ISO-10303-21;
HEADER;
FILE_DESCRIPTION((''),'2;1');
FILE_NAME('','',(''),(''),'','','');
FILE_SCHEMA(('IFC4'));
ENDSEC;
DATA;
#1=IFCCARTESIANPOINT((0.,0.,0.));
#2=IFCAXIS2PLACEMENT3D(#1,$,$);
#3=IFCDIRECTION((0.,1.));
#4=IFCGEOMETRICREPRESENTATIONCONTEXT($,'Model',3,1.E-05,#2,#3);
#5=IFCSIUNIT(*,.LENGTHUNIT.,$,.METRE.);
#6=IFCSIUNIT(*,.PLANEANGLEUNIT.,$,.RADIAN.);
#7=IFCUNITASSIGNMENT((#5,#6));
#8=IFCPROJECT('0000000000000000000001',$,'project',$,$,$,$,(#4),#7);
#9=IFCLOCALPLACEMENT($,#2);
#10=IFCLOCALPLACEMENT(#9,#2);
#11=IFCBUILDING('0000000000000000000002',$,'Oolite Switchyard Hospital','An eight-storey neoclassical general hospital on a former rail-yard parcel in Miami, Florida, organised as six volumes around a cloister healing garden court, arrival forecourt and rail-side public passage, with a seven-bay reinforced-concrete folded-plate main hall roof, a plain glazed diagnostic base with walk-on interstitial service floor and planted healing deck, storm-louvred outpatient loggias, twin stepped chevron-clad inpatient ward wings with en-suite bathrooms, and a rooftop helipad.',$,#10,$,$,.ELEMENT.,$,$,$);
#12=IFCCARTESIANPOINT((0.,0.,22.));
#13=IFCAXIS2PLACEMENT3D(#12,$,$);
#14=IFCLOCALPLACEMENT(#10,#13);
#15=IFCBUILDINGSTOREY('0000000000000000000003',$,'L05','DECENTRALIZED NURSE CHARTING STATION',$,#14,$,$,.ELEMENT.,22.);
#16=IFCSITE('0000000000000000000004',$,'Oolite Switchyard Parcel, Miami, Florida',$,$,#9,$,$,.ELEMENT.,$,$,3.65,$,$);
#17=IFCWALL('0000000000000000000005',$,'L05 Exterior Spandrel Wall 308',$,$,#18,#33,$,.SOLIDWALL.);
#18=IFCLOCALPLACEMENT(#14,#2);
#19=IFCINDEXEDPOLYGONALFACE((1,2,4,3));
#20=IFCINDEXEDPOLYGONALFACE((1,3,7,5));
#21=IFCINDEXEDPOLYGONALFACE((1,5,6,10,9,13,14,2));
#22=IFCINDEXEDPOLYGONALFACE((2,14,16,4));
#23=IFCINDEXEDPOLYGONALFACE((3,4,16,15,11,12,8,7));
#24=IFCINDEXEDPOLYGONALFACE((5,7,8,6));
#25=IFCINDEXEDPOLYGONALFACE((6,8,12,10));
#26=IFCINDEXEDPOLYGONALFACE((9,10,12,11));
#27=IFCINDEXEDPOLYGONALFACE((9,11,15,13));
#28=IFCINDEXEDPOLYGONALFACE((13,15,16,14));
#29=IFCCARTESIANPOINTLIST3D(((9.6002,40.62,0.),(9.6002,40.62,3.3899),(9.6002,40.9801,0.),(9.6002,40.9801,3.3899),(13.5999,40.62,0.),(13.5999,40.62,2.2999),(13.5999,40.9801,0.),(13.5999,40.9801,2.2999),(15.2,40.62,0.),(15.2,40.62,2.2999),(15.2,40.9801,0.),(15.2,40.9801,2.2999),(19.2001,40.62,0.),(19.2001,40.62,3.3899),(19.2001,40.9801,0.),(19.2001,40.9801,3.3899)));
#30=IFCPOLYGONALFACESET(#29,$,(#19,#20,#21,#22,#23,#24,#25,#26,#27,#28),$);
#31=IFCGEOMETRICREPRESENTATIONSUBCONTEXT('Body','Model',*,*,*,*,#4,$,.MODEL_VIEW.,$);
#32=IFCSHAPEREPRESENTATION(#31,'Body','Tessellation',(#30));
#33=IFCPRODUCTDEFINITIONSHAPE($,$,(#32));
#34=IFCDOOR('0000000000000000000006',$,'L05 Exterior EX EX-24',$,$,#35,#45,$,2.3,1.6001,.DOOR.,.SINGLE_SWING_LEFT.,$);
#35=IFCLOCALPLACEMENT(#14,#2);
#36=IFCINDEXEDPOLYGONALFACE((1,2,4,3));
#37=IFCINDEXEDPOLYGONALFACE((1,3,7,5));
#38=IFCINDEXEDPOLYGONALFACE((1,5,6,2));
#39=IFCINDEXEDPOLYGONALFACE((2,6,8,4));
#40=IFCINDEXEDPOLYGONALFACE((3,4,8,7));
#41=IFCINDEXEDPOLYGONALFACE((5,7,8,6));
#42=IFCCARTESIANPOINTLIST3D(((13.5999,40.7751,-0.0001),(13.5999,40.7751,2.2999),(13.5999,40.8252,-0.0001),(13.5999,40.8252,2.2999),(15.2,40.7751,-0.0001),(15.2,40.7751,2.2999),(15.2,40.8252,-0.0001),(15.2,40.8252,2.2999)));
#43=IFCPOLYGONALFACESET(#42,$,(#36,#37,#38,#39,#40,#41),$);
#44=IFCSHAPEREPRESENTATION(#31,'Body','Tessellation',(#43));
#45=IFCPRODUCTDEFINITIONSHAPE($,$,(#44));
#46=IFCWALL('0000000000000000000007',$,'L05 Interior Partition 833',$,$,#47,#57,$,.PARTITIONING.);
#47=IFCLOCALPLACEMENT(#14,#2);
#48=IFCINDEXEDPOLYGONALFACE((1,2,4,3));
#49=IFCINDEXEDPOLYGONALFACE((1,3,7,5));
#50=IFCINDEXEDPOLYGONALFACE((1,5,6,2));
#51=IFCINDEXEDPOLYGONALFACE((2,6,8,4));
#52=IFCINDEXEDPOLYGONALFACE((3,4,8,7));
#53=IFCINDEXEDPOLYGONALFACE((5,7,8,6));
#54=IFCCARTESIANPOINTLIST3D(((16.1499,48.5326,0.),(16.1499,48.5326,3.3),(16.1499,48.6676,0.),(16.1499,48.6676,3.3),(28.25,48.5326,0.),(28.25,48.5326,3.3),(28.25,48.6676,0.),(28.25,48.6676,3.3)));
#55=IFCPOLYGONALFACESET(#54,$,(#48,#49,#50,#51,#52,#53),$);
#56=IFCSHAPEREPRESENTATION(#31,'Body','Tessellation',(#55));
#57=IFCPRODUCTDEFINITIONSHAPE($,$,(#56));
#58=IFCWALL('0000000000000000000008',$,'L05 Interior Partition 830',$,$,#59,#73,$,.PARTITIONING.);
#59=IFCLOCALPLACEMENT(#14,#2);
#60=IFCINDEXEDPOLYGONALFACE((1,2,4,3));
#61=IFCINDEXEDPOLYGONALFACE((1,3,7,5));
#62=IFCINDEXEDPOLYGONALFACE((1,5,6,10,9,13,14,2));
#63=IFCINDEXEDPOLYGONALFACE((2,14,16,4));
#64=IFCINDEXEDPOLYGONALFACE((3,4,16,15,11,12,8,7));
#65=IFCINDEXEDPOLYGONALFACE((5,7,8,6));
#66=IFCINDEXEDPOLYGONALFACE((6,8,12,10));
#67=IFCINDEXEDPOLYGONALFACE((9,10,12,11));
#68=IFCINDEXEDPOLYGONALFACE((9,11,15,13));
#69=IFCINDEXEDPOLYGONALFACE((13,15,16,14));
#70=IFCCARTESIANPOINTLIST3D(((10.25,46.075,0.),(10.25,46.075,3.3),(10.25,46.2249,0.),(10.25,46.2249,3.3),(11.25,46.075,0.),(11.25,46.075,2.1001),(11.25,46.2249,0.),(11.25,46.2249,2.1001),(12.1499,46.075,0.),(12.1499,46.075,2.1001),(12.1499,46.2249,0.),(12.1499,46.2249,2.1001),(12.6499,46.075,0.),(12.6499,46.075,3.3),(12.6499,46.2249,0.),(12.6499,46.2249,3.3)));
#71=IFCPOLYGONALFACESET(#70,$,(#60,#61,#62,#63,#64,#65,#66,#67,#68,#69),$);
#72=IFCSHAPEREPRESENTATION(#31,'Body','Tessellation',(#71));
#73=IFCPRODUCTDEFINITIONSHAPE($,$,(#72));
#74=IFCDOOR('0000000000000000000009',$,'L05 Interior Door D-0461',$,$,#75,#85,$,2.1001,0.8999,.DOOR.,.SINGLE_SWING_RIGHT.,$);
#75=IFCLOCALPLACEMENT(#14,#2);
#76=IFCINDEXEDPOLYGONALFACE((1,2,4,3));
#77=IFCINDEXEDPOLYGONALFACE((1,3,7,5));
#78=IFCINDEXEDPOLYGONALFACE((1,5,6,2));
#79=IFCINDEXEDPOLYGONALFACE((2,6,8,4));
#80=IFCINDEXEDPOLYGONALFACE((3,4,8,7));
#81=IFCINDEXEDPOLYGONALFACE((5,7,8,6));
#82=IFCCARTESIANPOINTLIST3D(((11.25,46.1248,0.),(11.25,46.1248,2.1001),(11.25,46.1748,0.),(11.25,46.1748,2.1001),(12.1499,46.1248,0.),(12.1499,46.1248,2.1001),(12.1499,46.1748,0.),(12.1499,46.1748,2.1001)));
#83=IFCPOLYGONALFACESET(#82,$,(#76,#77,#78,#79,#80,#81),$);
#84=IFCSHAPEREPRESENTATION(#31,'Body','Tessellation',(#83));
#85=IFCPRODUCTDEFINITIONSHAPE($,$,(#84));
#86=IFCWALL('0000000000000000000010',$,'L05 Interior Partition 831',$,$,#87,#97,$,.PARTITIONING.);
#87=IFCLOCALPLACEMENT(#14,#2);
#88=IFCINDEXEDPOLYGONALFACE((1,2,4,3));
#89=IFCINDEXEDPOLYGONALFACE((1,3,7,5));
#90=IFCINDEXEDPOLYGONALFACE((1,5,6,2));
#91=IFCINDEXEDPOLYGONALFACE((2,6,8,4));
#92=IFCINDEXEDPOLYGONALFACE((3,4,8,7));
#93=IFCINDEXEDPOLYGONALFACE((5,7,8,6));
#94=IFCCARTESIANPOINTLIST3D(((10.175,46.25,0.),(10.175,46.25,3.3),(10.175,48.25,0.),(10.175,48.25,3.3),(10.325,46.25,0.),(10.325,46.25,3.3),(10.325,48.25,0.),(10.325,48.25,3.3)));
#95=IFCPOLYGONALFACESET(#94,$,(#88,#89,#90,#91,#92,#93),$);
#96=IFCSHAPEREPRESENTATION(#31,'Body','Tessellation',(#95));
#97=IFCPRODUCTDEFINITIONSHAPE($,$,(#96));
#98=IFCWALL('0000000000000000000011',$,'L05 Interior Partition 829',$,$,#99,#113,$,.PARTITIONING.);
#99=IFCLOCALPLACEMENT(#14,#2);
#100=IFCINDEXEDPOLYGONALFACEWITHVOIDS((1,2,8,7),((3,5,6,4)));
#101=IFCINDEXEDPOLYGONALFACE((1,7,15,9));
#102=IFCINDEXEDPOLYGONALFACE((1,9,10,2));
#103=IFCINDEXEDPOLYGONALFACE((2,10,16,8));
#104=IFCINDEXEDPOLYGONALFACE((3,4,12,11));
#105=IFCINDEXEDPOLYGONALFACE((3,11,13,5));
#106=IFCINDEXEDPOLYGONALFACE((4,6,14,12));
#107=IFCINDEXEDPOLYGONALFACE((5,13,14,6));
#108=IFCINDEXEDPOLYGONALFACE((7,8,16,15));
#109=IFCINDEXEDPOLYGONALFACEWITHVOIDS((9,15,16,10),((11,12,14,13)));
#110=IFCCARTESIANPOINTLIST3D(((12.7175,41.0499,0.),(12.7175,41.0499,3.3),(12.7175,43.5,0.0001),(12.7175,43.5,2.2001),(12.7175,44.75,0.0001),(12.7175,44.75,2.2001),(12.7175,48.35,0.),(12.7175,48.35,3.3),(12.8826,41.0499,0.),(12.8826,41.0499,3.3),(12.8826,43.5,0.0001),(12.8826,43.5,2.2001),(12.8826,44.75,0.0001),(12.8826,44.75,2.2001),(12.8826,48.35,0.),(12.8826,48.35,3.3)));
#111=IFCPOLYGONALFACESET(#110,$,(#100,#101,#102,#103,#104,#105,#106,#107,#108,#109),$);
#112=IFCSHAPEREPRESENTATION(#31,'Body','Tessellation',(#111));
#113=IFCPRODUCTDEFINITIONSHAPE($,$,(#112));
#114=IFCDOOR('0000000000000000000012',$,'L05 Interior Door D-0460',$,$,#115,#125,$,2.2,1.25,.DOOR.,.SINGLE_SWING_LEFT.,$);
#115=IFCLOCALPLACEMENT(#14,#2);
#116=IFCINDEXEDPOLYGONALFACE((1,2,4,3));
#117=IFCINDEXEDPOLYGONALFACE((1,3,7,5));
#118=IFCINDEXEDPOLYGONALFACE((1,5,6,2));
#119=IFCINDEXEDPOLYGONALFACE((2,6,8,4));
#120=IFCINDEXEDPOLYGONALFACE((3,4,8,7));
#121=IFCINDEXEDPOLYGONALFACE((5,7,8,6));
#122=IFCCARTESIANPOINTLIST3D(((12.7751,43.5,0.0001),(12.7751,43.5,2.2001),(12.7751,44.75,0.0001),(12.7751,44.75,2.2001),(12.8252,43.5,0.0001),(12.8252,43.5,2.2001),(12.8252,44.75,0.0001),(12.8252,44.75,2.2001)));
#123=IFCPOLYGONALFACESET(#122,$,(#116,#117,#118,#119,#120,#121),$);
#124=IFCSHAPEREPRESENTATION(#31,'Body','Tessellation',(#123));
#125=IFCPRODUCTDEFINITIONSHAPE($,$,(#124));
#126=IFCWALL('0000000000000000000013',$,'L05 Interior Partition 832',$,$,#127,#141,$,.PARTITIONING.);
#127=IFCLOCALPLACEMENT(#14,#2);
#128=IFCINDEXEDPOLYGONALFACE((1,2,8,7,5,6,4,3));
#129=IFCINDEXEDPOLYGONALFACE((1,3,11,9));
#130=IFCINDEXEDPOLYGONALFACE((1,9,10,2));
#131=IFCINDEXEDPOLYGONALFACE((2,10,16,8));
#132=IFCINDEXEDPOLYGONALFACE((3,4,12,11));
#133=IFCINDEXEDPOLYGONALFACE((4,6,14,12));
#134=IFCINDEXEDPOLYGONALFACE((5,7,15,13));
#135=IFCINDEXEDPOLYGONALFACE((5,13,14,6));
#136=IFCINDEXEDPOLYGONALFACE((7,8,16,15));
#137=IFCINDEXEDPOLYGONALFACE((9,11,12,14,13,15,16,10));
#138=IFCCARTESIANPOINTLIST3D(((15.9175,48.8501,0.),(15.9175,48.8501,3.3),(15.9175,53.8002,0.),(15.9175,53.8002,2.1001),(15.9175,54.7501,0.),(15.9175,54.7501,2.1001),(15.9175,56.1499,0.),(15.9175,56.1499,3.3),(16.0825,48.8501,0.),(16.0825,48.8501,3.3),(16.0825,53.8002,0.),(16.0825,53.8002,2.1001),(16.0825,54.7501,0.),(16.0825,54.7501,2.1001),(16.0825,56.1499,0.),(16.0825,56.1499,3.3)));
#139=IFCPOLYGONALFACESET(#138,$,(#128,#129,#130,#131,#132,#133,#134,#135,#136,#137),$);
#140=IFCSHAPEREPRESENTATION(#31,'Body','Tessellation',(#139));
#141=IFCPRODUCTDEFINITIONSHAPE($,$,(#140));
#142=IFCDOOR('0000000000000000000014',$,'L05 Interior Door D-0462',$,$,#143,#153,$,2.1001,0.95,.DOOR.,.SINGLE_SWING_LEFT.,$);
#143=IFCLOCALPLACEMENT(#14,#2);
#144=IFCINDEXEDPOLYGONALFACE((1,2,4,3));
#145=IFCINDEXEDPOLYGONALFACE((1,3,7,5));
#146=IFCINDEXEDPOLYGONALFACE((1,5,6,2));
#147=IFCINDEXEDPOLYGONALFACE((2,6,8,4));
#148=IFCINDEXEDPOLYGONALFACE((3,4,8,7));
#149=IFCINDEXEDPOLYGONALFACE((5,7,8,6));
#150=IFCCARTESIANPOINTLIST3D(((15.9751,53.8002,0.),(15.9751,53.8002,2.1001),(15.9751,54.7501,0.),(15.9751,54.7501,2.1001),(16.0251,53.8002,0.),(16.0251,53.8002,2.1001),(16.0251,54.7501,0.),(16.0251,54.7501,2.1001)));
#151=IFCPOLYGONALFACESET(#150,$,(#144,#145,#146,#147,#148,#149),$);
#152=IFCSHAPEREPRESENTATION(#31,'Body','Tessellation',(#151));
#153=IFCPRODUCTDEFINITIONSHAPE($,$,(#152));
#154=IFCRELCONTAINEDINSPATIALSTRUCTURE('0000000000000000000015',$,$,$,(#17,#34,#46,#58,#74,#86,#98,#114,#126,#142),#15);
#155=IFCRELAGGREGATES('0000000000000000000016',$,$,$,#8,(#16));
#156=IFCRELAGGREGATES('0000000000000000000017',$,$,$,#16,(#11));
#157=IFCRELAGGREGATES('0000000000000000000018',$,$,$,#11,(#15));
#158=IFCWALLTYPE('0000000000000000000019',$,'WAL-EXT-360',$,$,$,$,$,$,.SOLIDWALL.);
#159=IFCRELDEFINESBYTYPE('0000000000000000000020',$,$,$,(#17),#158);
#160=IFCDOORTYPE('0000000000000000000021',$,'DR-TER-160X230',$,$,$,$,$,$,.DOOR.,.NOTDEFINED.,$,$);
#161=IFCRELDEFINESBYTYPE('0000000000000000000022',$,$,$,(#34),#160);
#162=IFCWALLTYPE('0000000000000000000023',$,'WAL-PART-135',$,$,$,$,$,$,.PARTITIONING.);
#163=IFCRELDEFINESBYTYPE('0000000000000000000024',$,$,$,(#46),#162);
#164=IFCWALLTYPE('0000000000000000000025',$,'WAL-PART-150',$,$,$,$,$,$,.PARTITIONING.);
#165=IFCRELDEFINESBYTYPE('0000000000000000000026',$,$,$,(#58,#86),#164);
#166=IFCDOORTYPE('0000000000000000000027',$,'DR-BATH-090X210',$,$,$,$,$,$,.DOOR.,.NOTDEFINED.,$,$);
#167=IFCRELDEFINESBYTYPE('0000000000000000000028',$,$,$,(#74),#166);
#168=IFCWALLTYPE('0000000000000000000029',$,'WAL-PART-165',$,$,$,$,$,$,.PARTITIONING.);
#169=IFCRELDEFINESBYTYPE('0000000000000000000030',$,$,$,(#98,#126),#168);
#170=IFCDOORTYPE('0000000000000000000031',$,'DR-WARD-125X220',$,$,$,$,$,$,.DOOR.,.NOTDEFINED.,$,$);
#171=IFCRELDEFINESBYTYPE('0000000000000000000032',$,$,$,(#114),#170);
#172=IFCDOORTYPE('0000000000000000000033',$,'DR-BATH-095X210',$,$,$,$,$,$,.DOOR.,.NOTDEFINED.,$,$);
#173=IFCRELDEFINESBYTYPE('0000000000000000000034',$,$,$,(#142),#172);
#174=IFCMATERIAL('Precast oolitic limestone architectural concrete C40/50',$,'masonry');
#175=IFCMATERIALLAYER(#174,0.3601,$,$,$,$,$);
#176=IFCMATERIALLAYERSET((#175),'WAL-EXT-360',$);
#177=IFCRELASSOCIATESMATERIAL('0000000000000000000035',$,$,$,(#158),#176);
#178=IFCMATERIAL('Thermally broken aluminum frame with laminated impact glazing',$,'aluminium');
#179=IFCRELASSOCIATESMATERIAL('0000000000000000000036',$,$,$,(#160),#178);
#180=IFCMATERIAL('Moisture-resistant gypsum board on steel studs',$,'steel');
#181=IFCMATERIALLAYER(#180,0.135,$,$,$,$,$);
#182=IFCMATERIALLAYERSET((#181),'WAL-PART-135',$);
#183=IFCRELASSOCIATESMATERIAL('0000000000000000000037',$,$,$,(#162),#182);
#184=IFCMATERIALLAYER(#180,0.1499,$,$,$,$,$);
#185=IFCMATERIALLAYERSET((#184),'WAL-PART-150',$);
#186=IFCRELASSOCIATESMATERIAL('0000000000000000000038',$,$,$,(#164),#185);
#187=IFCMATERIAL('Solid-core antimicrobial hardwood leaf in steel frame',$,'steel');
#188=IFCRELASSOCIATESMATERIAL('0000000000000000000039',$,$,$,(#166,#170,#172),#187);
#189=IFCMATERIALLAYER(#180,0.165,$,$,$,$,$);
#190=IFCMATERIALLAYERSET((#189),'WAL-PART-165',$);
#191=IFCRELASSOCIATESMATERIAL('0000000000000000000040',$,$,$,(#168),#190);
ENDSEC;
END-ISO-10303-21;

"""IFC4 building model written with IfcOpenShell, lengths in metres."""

from ifc_helpers import new_model, si_unit, direction, frame, frame_2d, origin, place, context, subcontext, project, spatial, rectangle, extrude, material, layer, layer_set, type_object, element, fill, save


model = new_model("IFC4")

# Units and contexts
model_context = context("Model", 3, precision=1e-05, world=origin(), true_north=direction((0.0, 1.0)))
body_context = subcontext(model_context, "Body", "Model", "MODEL_VIEW")
ifc_project = project(units=[si_unit("LENGTHUNIT", "METRE"), si_unit("PLANEANGLEUNIT", "RADIAN")], contexts=[model_context])

# Site, building, storey
site_placement = place(None, origin())
site = spatial("IfcSite", under=ifc_project, at=site_placement, Name="Oolite Switchyard Parcel, Miami, Florida", CompositionType="ELEMENT", RefElevation=3.65)
building_placement = place(site_placement, origin())
building = spatial("IfcBuilding", under=site, at=building_placement, Name="Oolite Switchyard Hospital", Description="An eight-storey neoclassical general hospital on a former rail-yard parcel in Miami, Florida, organised as six volumes around a cloister healing garden court, arrival forecourt and rail-side public passage, with a seven-bay reinforced-concrete folded-plate main hall roof, a plain glazed diagnostic base with walk-on interstitial service floor and planted healing deck, storm-louvred outpatient loggias, twin stepped chevron-clad inpatient ward wings with en-suite bathrooms, and a rooftop helipad.", CompositionType="ELEMENT")
storey_placement = place(building_placement, frame((0.0, 0.0, 22.0)))
storey = spatial("IfcBuildingStorey", under=building, at=storey_placement, Name="L05", Description="DECENTRALIZED NURSE CHARTING STATION", CompositionType="ELEMENT", Elevation=22.0)

# Wall, opening, door
ifc_material_1 = material(Name="Precast oolitic limestone architectural concrete C40/50", Category="masonry")
ifc_layer_1 = layer(ifc_material_1, 0.3601)
ifc_layer_set_1 = layer_set([ifc_layer_1], Name="WAL-EXT-360")
wall_type_1 = type_object("IfcWallType", Name="WAL-EXT-360", PredefinedType="SOLIDWALL", material=ifc_layer_set_1)
wall_1_placement = place(storey_placement, frame((19.2, 40.8, 0.0), z_axis=(0.0, 0.0, 1.0), x_axis=(-1.0, 0.0, 0.0)))
wall_1 = element("IfcWall", 1, at=wall_1_placement, inside=storey, type_object=wall_type_1, Name="L05 Exterior Spandrel Wall 308", PredefinedType="SOLIDWALL", context=body_context, shape_type="SweptSolid", body=[
    extrude(rectangle(XDim=9.5999, YDim=0.3601, at=frame_2d((4.7998, 0.0))), origin(), (0.0, 0.0, 1.0), 3.3899),
])
opening_1_placement = place(wall_1_placement, frame((4.0, 0.0, 0.0)))
opening_1 = element("IfcOpeningElement", 2, at=opening_1_placement, cuts=wall_1, PredefinedType="OPENING", context=body_context, shape_type="SweptSolid", body=[
    extrude(rectangle(XDim=1.6001, YDim=2.3, at=frame_2d((0.8, 1.1499))), frame((0.0, 0.1899, 0.0), z_axis=(0.0, -1.0, 0.0), x_axis=(1.0, 0.0, 0.0)), (0.0, 0.0, 1.0), 0.3801),
])
ifc_material_2 = material(Name="Thermally broken aluminum frame with laminated impact glazing", Category="aluminium")
door_type_1 = type_object("IfcDoorType", Name="DR-TER-160X230", OperationType="NOTDEFINED", PredefinedType="DOOR", material=ifc_material_2)
door_1_placement = place(opening_1_placement, origin())
door_1 = element("IfcDoor", 3, at=door_1_placement, inside=storey, type_object=door_type_1, Name="L05 Exterior EX EX-24", OperationType="SINGLE_SWING_LEFT", OverallHeight=2.3, OverallWidth=1.6001, PredefinedType="DOOR", context=body_context, shape_type="SweptSolid", body=[
    extrude(rectangle(XDim=1.6001, YDim=2.3, at=frame_2d((0.8, 1.1499))), frame((0.0, 0.0249, 0.0), z_axis=(0.0, -1.0, 0.0), x_axis=(1.0, 0.0, 0.0)), (0.0, 0.0, 1.0), 0.05),
])
fill(opening_1, door_1)

# Wall
ifc_material_3 = material(Name="Moisture-resistant gypsum board on steel studs", Category="steel")
ifc_layer_2 = layer(ifc_material_3, 0.135)
ifc_layer_set_2 = layer_set([ifc_layer_2], Name="WAL-PART-135")
wall_type_2 = type_object("IfcWallType", Name="WAL-PART-135", PredefinedType="PARTITIONING", material=ifc_layer_set_2)
wall_2_placement = place(storey_placement, frame((16.1499, 48.6001, 0.0), z_axis=(0.0, 0.0, 1.0), x_axis=(1.0, 0.0, 0.0)))
element("IfcWall", 4, at=wall_2_placement, inside=storey, type_object=wall_type_2, Name="L05 Interior Partition 833", PredefinedType="PARTITIONING", context=body_context, shape_type="SweptSolid", body=[
    extrude(rectangle(XDim=12.1001, YDim=0.135, at=frame_2d((6.05, 0.0))), origin(), (0.0, 0.0, 1.0), 3.3),
])

# Wall, opening, door
ifc_layer_3 = layer(ifc_material_3, 0.1499)
ifc_layer_set_3 = layer_set([ifc_layer_3], Name="WAL-PART-150")
wall_type_3 = type_object("IfcWallType", Name="WAL-PART-150", PredefinedType="PARTITIONING", material=ifc_layer_set_3)
wall_3_placement = place(storey_placement, frame((10.25, 46.1499, 0.0), z_axis=(0.0, 0.0, 1.0), x_axis=(1.0, 0.0, 0.0)))
wall_3 = element("IfcWall", 5, at=wall_3_placement, inside=storey, type_object=wall_type_3, Name="L05 Interior Partition 830", PredefinedType="PARTITIONING", context=body_context, shape_type="SweptSolid", body=[
    extrude(rectangle(XDim=2.3999, YDim=0.1499, at=frame_2d((1.2, 0.0))), origin(), (0.0, 0.0, 1.0), 3.3),
])
opening_2_placement = place(wall_3_placement, frame((1.0, 0.0, 0.0)))
opening_2 = element("IfcOpeningElement", 6, at=opening_2_placement, cuts=wall_3, PredefinedType="OPENING", context=body_context, shape_type="SweptSolid", body=[
    extrude(rectangle(XDim=0.8999, YDim=2.1001, at=frame_2d((0.45, 1.05))), frame((0.0, 0.085, 0.0), z_axis=(0.0, -1.0, 0.0), x_axis=(1.0, 0.0, 0.0)), (0.0, 0.0, 1.0), 0.1699),
])
ifc_material_4 = material(Name="Solid-core antimicrobial hardwood leaf in steel frame", Category="steel")
door_type_2 = type_object("IfcDoorType", Name="DR-BATH-090X210", OperationType="NOTDEFINED", PredefinedType="DOOR", material=ifc_material_4)
door_2_placement = place(opening_2_placement, origin())
door_2 = element("IfcDoor", 7, at=door_2_placement, inside=storey, type_object=door_type_2, Name="L05 Interior Door D-0461", OperationType="SINGLE_SWING_RIGHT", OverallHeight=2.1001, OverallWidth=0.8999, PredefinedType="DOOR", context=body_context, shape_type="SweptSolid", body=[
    extrude(rectangle(XDim=0.8999, YDim=2.1001, at=frame_2d((0.45, 1.05))), frame((0.0, 0.0249, 0.0), z_axis=(0.0, -1.0, 0.0), x_axis=(1.0, 0.0, 0.0)), (0.0, 0.0, 1.0), 0.05),
])
fill(opening_2, door_2)

# Wall
wall_4_placement = place(storey_placement, frame((10.25, 46.25, 0.0), z_axis=(0.0, 0.0, 1.0), x_axis=(0.0, 1.0, 0.0)))
element("IfcWall", 8, at=wall_4_placement, inside=storey, type_object=wall_type_3, Name="L05 Interior Partition 831", PredefinedType="PARTITIONING", context=body_context, shape_type="SweptSolid", body=[
    extrude(rectangle(XDim=2.0, YDim=0.1499, at=frame_2d((1.0, 0.0))), origin(), (0.0, 0.0, 1.0), 3.3),
])

# Walls, openings, doors
ifc_layer_4 = layer(ifc_material_3, 0.165)
ifc_layer_set_4 = layer_set([ifc_layer_4], Name="WAL-PART-165")
wall_type_4 = type_object("IfcWallType", Name="WAL-PART-165", PredefinedType="PARTITIONING", material=ifc_layer_set_4)
wall_5_placement = place(storey_placement, frame((12.8, 41.05, 0.0), z_axis=(0.0, 0.0, 1.0), x_axis=(0.0, 1.0, 0.0)))
wall_5 = element("IfcWall", 9, at=wall_5_placement, inside=storey, type_object=wall_type_4, Name="L05 Interior Partition 829", PredefinedType="PARTITIONING", context=body_context, shape_type="SweptSolid", body=[
    extrude(rectangle(XDim=7.3, YDim=0.165, at=frame_2d((3.6499, 0.0))), origin(), (0.0, 0.0, 1.0), 3.3),
])
opening_3_placement = place(wall_5_placement, frame((2.45, 0.0, 0.0)))
opening_3 = element("IfcOpeningElement", 10, at=opening_3_placement, cuts=wall_5, PredefinedType="OPENING", context=body_context, shape_type="SweptSolid", body=[
    extrude(rectangle(XDim=1.25, YDim=2.2, at=frame_2d((0.625, 1.1001))), frame((0.0, 0.0925, 0.0), z_axis=(0.0, -1.0, 0.0), x_axis=(1.0, 0.0, 0.0)), (0.0, 0.0, 1.0), 0.1851),
])
door_type_3 = type_object("IfcDoorType", Name="DR-WARD-125X220", OperationType="NOTDEFINED", PredefinedType="DOOR", material=ifc_material_4)
door_3_placement = place(opening_3_placement, origin())
door_3 = element("IfcDoor", 11, at=door_3_placement, inside=storey, type_object=door_type_3, Name="L05 Interior Door D-0460", OperationType="SINGLE_SWING_LEFT", OverallHeight=2.2, OverallWidth=1.25, PredefinedType="DOOR", context=body_context, shape_type="SweptSolid", body=[
    extrude(rectangle(XDim=1.25, YDim=2.2, at=frame_2d((0.625, 1.1001))), frame((0.0, 0.0249, 0.0), z_axis=(0.0, -1.0, 0.0), x_axis=(1.0, 0.0, 0.0)), (0.0, 0.0, 1.0), 0.05),
])
fill(opening_3, door_3)
wall_6_placement = place(storey_placement, frame((16.0, 48.8501, 0.0), z_axis=(0.0, 0.0, 1.0), x_axis=(0.0, 1.0, 0.0)))
wall_6 = element("IfcWall", 12, at=wall_6_placement, inside=storey, type_object=wall_type_4, Name="L05 Interior Partition 832", PredefinedType="PARTITIONING", context=body_context, shape_type="SweptSolid", body=[
    extrude(rectangle(XDim=7.2998, YDim=0.165, at=frame_2d((3.6499, 0.0))), origin(), (0.0, 0.0, 1.0), 3.3),
])
opening_4_placement = place(wall_6_placement, frame((4.95, 0.0, 0.0)))
opening_4 = element("IfcOpeningElement", 13, at=opening_4_placement, cuts=wall_6, PredefinedType="OPENING", context=body_context, shape_type="SweptSolid", body=[
    extrude(rectangle(XDim=0.95, YDim=2.1001, at=frame_2d((0.4751, 1.05))), frame((0.0, 0.0925, 0.0), z_axis=(0.0, -1.0, 0.0), x_axis=(1.0, 0.0, 0.0)), (0.0, 0.0, 1.0), 0.1851),
])
door_type_4 = type_object("IfcDoorType", Name="DR-BATH-095X210", OperationType="NOTDEFINED", PredefinedType="DOOR", material=ifc_material_4)
door_4_placement = place(opening_4_placement, origin())
door_4 = element("IfcDoor", 14, at=door_4_placement, inside=storey, type_object=door_type_4, Name="L05 Interior Door D-0462", OperationType="SINGLE_SWING_LEFT", OverallHeight=2.1001, OverallWidth=0.95, PredefinedType="DOOR", context=body_context, shape_type="SweptSolid", body=[
    extrude(rectangle(XDim=0.95, YDim=2.1001, at=frame_2d((0.4751, 1.05))), frame((0.0, 0.0249, 0.0), z_axis=(0.0, -1.0, 0.0), x_axis=(1.0, 0.0, 0.0)), (0.0, 0.0, 1.0), 0.05),
])
fill(opening_4, door_4)

save(model, "model.ifc")
